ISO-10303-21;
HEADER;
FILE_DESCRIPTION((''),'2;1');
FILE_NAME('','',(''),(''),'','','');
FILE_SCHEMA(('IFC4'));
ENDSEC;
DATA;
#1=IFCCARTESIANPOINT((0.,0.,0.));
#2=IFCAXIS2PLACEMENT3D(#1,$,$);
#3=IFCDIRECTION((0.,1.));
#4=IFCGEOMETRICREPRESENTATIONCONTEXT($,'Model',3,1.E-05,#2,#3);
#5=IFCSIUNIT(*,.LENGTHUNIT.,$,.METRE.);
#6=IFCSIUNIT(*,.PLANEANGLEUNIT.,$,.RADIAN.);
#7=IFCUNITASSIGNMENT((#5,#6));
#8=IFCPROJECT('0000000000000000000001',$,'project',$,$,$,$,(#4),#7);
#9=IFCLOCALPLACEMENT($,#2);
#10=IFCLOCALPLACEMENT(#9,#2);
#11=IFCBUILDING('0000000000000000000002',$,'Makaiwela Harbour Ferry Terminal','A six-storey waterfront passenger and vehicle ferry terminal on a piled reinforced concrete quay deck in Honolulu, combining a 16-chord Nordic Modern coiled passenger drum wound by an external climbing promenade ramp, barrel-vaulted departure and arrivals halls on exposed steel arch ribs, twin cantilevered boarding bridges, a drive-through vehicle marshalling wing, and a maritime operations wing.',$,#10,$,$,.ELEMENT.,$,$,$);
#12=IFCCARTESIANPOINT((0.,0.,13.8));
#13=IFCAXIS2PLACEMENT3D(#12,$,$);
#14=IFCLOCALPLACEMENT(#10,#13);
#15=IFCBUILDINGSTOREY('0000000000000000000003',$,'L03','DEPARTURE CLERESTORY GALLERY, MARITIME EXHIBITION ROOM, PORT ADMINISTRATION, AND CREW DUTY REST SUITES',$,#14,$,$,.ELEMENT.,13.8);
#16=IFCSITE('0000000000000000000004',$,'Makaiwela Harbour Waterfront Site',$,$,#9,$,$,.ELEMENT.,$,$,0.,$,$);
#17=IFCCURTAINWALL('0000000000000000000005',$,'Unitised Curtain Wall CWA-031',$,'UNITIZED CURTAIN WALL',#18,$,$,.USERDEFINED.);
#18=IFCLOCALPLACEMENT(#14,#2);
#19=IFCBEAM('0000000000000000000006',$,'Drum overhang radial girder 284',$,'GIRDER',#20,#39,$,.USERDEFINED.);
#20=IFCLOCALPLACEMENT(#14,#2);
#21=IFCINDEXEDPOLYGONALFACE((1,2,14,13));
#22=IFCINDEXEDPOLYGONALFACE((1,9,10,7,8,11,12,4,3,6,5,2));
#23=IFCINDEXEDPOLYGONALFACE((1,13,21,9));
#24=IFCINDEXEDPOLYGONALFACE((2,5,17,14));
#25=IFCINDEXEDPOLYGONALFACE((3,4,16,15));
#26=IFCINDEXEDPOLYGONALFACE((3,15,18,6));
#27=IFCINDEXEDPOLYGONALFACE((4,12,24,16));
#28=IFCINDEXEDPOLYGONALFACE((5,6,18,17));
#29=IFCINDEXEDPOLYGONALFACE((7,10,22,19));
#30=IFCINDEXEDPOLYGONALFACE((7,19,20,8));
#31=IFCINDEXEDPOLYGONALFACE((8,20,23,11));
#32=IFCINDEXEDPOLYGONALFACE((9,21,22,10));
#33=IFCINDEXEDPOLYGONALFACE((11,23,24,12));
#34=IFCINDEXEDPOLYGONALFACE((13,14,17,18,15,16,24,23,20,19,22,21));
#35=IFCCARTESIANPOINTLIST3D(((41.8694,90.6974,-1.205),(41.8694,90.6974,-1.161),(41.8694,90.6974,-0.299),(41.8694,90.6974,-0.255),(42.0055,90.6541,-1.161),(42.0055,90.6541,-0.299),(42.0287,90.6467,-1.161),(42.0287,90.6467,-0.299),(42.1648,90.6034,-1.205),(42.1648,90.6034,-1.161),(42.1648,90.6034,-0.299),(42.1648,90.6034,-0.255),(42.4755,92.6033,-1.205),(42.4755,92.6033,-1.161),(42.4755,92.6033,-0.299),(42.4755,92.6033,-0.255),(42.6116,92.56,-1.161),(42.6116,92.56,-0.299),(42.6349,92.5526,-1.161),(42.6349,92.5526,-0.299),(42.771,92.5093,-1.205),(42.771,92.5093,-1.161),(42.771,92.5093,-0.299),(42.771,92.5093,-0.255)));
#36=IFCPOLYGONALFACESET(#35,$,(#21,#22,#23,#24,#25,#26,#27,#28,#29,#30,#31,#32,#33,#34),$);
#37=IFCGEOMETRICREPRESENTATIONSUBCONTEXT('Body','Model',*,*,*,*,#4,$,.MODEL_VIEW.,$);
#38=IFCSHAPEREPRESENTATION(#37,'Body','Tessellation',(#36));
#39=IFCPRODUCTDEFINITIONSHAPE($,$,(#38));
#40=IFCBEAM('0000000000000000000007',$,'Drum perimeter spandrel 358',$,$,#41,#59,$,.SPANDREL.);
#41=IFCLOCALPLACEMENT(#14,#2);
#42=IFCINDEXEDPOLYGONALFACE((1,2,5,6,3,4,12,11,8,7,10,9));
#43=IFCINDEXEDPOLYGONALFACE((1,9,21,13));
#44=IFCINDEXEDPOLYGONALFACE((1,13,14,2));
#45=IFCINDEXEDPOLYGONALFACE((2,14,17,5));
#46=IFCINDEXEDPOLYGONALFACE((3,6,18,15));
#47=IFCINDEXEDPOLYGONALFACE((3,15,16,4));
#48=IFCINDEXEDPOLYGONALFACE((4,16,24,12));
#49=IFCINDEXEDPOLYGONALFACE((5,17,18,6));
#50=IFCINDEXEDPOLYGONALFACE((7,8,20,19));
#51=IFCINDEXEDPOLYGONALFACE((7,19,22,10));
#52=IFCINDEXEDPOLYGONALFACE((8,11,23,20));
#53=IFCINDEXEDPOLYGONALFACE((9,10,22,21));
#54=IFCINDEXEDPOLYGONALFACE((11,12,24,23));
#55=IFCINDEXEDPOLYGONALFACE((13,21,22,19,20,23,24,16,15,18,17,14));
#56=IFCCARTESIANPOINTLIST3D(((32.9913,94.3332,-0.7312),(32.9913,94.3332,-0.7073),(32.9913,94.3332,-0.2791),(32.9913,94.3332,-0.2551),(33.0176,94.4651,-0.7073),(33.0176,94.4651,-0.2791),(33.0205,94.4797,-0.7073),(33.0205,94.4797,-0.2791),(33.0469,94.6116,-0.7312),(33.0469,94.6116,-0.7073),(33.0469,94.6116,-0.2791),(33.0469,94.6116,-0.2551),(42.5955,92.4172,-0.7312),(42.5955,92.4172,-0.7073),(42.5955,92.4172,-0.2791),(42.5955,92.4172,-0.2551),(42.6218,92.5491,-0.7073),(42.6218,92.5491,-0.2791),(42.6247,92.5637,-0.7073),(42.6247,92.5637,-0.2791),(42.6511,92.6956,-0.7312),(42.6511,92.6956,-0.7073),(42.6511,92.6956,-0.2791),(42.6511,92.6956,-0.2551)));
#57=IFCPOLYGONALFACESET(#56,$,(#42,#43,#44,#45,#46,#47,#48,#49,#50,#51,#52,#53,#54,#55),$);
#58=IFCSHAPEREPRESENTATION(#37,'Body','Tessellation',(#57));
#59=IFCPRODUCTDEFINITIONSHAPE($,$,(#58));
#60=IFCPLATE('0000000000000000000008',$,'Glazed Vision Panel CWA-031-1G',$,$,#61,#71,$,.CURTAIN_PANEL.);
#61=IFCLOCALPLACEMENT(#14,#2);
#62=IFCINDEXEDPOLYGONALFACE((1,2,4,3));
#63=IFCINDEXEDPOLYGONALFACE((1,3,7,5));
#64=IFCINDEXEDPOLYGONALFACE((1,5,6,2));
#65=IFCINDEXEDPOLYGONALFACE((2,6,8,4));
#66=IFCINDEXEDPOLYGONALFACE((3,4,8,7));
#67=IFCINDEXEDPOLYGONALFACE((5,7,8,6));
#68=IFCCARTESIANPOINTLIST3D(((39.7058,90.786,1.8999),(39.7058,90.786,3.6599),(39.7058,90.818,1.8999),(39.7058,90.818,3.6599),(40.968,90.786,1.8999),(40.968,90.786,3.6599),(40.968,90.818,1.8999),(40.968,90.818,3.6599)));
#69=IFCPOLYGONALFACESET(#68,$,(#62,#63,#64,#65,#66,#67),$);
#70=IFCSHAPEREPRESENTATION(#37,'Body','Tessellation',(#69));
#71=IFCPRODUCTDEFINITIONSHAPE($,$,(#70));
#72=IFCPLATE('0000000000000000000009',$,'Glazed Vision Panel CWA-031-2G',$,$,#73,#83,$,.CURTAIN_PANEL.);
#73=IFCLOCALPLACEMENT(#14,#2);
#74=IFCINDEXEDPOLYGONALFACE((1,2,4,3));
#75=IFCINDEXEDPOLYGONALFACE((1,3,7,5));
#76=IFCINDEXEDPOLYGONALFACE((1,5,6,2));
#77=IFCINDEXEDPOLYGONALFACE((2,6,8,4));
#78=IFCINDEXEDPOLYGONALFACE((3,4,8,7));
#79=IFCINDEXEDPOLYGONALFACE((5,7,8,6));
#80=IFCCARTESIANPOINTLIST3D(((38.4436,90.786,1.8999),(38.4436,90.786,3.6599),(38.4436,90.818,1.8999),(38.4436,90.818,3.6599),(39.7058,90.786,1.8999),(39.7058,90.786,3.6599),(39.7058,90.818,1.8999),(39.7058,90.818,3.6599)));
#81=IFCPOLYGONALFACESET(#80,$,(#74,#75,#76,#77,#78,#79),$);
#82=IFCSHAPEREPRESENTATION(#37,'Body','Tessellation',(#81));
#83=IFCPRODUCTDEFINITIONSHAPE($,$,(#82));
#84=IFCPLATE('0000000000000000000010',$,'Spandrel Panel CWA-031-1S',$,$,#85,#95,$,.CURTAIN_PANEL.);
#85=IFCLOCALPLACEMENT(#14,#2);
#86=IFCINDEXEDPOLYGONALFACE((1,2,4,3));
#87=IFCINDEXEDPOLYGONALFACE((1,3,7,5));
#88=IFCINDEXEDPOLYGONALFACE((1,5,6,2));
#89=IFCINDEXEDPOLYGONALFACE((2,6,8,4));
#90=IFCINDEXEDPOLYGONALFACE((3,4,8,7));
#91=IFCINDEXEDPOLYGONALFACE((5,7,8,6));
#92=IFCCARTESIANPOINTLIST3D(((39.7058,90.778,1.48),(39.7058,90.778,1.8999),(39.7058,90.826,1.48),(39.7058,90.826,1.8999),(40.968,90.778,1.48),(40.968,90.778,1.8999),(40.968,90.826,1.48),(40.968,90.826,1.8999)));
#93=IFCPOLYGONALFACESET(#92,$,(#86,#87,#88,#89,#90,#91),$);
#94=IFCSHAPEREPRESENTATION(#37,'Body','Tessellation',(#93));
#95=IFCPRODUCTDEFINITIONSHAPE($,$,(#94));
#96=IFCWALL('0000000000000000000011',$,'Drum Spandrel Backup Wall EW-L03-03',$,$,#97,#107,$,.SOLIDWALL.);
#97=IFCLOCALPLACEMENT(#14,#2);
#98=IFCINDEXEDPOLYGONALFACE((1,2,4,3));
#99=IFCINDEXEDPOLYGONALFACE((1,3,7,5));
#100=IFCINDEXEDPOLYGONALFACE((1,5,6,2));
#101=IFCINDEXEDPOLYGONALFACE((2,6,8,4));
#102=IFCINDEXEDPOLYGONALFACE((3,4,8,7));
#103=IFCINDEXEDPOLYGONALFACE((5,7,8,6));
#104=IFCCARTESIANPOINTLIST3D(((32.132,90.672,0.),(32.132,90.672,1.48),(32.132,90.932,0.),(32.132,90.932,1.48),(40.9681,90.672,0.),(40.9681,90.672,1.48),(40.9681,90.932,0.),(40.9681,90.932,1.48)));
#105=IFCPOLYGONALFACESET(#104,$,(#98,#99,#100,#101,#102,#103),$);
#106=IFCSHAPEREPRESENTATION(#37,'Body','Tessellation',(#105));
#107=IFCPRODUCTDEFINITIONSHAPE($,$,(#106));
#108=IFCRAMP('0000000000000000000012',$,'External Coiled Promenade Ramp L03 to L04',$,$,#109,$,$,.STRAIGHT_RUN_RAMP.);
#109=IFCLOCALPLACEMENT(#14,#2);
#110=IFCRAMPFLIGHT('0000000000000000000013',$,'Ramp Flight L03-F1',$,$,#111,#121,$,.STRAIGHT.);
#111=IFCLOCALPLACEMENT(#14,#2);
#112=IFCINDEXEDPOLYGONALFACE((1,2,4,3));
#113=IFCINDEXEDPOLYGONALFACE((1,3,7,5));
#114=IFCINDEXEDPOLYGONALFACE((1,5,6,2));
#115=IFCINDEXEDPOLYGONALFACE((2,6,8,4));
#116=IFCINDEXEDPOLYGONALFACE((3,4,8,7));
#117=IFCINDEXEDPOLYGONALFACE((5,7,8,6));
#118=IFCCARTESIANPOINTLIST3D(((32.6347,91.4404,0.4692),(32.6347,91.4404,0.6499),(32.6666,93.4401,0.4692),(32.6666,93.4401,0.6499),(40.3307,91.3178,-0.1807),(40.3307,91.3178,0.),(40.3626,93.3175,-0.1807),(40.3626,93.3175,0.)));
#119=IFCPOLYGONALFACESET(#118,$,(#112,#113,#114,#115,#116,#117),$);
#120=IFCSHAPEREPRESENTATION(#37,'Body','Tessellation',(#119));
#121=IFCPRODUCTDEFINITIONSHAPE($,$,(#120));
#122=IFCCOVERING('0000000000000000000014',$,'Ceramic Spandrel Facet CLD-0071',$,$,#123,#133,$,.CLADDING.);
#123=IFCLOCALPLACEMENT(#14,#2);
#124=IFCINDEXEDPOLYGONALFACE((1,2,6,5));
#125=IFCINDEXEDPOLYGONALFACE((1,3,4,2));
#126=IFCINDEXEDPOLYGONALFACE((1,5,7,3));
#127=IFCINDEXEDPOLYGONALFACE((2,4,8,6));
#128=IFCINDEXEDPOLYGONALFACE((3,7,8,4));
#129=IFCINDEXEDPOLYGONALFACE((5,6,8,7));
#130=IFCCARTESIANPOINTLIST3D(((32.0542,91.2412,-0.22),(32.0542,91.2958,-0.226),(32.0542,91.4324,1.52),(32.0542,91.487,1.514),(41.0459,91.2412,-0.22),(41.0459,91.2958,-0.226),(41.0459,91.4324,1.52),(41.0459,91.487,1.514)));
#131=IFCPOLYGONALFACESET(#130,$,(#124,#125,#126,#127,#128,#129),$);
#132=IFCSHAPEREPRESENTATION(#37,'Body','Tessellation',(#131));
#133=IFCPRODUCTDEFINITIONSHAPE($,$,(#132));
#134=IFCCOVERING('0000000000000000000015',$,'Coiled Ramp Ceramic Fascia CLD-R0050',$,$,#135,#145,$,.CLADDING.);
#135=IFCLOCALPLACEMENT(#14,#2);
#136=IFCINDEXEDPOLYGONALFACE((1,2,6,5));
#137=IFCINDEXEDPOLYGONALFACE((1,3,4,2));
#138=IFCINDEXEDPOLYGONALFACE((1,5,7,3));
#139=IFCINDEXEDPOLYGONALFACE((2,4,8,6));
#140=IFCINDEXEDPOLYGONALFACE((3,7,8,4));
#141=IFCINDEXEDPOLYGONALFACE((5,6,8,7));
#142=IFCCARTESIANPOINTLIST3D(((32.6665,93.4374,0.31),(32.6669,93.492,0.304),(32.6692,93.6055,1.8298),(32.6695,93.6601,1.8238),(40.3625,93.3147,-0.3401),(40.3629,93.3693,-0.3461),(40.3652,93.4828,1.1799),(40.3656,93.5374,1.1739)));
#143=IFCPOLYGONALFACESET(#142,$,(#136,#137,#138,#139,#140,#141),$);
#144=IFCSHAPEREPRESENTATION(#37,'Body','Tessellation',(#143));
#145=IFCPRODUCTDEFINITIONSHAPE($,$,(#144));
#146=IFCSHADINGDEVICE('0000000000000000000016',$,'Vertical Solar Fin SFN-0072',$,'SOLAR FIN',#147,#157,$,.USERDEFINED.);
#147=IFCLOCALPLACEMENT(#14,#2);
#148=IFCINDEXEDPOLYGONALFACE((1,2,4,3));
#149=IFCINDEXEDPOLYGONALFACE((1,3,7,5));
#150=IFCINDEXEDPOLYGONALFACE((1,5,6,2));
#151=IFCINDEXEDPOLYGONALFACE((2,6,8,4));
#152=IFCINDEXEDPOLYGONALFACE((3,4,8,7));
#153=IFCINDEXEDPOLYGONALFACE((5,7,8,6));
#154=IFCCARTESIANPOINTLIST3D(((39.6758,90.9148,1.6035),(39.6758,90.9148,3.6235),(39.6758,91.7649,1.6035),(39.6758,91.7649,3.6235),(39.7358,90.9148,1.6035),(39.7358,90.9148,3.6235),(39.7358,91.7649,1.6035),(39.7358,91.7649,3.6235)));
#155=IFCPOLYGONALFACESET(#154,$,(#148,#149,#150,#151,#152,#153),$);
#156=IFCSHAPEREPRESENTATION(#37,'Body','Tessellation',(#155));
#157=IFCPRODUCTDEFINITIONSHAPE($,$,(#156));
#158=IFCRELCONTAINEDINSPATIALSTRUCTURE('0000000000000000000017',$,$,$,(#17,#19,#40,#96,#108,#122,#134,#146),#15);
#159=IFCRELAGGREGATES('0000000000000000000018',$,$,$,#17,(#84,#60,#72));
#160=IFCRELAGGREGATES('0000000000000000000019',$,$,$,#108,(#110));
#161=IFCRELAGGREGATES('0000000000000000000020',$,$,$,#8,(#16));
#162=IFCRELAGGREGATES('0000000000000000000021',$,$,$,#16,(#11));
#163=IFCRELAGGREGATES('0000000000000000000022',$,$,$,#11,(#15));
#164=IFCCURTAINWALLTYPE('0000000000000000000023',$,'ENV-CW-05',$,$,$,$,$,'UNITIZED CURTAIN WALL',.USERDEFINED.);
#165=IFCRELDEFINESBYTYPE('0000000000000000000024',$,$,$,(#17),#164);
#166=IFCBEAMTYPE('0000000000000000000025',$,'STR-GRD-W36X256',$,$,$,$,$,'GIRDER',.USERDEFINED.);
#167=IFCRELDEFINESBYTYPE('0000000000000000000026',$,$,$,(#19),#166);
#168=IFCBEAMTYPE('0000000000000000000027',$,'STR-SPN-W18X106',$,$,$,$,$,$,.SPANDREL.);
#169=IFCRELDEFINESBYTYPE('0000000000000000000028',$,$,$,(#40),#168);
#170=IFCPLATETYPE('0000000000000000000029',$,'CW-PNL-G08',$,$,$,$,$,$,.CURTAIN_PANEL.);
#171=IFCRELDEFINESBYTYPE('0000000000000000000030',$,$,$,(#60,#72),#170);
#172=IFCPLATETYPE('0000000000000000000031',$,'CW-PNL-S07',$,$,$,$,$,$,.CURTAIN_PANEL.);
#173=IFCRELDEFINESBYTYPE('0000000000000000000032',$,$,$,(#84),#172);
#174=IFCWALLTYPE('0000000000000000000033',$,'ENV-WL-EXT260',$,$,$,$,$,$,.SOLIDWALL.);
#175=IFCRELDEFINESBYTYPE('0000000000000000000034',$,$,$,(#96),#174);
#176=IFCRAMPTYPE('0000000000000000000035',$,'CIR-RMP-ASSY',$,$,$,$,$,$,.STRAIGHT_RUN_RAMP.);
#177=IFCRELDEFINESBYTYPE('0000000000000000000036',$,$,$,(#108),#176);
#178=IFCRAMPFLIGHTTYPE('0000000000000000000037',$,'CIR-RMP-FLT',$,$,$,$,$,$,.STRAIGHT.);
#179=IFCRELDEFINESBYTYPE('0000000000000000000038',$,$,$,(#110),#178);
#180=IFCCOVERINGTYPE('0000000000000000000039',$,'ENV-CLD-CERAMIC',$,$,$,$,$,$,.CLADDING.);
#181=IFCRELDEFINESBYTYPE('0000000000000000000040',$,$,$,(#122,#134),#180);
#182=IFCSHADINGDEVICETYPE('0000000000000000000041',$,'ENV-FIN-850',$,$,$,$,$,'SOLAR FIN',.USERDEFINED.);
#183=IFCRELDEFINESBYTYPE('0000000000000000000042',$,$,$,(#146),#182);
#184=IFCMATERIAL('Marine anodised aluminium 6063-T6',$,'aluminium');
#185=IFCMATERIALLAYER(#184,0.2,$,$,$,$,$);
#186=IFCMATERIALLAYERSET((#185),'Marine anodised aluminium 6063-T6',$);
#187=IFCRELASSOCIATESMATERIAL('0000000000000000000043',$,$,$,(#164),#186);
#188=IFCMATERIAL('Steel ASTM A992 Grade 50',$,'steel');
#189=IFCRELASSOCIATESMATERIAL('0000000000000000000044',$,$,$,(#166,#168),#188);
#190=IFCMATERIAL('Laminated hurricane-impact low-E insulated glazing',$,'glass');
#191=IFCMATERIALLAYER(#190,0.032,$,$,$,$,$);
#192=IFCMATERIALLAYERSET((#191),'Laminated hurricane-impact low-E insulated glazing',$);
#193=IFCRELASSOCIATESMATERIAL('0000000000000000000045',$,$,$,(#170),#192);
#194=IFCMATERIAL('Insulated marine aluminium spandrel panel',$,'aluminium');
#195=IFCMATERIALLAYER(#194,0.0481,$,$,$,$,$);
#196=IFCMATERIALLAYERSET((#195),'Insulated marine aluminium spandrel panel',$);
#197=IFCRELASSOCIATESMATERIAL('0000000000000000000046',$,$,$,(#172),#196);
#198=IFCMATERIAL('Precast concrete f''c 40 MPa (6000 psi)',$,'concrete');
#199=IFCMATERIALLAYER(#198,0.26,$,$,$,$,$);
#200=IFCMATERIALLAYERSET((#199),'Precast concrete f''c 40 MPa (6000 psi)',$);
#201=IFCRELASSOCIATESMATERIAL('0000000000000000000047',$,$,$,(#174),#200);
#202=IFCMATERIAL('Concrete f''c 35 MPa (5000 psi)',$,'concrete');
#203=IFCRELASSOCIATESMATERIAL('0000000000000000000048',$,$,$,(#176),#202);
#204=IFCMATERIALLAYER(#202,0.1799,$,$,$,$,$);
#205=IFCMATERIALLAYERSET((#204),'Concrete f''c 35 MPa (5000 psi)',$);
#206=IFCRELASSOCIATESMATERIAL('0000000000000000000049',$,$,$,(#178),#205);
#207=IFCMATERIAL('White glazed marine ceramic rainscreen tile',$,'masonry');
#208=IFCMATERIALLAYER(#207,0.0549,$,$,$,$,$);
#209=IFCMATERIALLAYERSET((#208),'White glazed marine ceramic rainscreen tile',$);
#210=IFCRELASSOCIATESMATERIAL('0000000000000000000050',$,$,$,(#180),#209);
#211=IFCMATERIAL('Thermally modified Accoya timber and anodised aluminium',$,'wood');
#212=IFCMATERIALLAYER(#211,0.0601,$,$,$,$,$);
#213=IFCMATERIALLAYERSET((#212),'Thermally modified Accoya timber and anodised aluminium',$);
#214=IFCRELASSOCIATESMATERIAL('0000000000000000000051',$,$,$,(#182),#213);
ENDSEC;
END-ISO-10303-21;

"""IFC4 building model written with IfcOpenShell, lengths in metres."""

from ifc_helpers import new_model, si_unit, direction, frame, frame_2d, origin, origin_2d, place, context, subcontext, project, spatial, polyline, rectangle, i_section, outline, extrude, material, layer, layer_set, material_profile, profile_set, type_object, element, aggregate, save


model = new_model("IFC4")

# Units and contexts
model_context = context("Model", 3, precision=1e-05, world=origin(), true_north=direction((0.0, 1.0)))
body_context = subcontext(model_context, "Body", "Model", "MODEL_VIEW")
ifc_project = project(units=[si_unit("LENGTHUNIT", "METRE"), si_unit("PLANEANGLEUNIT", "RADIAN")], contexts=[model_context])

# Site, building, storey
site_placement = place(None, origin())
site = spatial("IfcSite", under=ifc_project, at=site_placement, Name="Makaiwela Harbour Waterfront Site", CompositionType="ELEMENT", RefElevation=0.0)
building_placement = place(site_placement, origin())
building = spatial("IfcBuilding", under=site, at=building_placement, Name="Makaiwela Harbour Ferry Terminal", Description="A six-storey waterfront passenger and vehicle ferry terminal on a piled reinforced concrete quay deck in Honolulu, combining a 16-chord Nordic Modern coiled passenger drum wound by an external climbing promenade ramp, barrel-vaulted departure and arrivals halls on exposed steel arch ribs, twin cantilevered boarding bridges, a drive-through vehicle marshalling wing, and a maritime operations wing.", CompositionType="ELEMENT")
storey_placement = place(building_placement, frame((0.0, 0.0, 13.8)))
storey = spatial("IfcBuildingStorey", under=building, at=storey_placement, Name="L03", Description="DEPARTURE CLERESTORY GALLERY, MARITIME EXHIBITION ROOM, PORT ADMINISTRATION, AND CREW DUTY REST SUITES", CompositionType="ELEMENT", Elevation=13.8)

# Curtain wall
ifc_material_1 = material(Name="Marine anodised aluminium 6063-T6", Category="aluminium")
ifc_layer_1 = layer(ifc_material_1, 0.2)
ifc_layer_set_1 = layer_set([ifc_layer_1], Name="Marine anodised aluminium 6063-T6")
curtain_wall_type = type_object("IfcCurtainWallType", Name="ENV-CW-05", ElementType="UNITIZED CURTAIN WALL", PredefinedType="USERDEFINED", material=ifc_layer_set_1)
curtain_wall_placement = place(storey_placement, origin())
curtain_wall = element("IfcCurtainWall", 1, at=curtain_wall_placement, inside=storey, type_object=curtain_wall_type, Name="Unitised Curtain Wall CWA-031", ObjectType="UNITIZED CURTAIN WALL", PredefinedType="USERDEFINED")

# Beams
ifc_material_2 = material(Name="Steel ASTM A992 Grade 50", Category="steel")
ifc_material_profile_1 = material_profile(ifc_material_2, i_section(OverallWidth=0.3101, OverallDepth=0.95, WebThickness=0.0244, FlangeThickness=0.0439, at=origin_2d()), Name="W36X256")
ifc_profile_set_1 = profile_set([ifc_material_profile_1], Name="Steel ASTM A992 Grade 50")
beam_type_1 = type_object("IfcBeamType", Name="STR-GRD-W36X256", ElementType="GIRDER", PredefinedType="USERDEFINED", material=ifc_profile_set_1)
beam_1_placement = place(storey_placement, frame((42.0171, 90.6504, -0.73), z_axis=(0.303088, 0.952963, 0.0), x_axis=(-0.952963, 0.303088, 0.0)))
element("IfcBeam", 2, at=beam_1_placement, inside=storey, type_object=beam_type_1, Name="Drum overhang radial girder 284", ObjectType="GIRDER", PredefinedType="USERDEFINED", context=body_context, shape_type="SweptSolid", body=[
    extrude(i_section(OverallWidth=0.3101, OverallDepth=0.95, WebThickness=0.0244, FlangeThickness=0.0439, at=origin_2d()), origin(), (0.0, 0.0, 1.0), 2.0),
])
ifc_material_profile_2 = material_profile(ifc_material_2, i_section(OverallWidth=0.2839, OverallDepth=0.4761, WebThickness=0.0149, FlangeThickness=0.0239, at=origin_2d()), Name="W18X106")
ifc_profile_set_2 = profile_set([ifc_material_profile_2], Name="Steel ASTM A992 Grade 50")
beam_type_2 = type_object("IfcBeamType", Name="STR-SPN-W18X106", PredefinedType="SPANDREL", material=ifc_profile_set_2)
beam_2_placement = place(storey_placement, frame((42.6233, 92.5564, -0.4932), z_axis=(-0.980675, 0.195642, 0.0), x_axis=(-0.195642, -0.980675, 0.0)))
element("IfcBeam", 3, at=beam_2_placement, inside=storey, type_object=beam_type_2, Name="Drum perimeter spandrel 358", PredefinedType="SPANDREL", context=body_context, shape_type="SweptSolid", body=[
    extrude(i_section(OverallWidth=0.2839, OverallDepth=0.4761, WebThickness=0.0149, FlangeThickness=0.0239, at=origin_2d()), origin(), (0.0, 0.0, 1.0), 9.7935),
])

# Plates
ifc_material_3 = material(Name="Laminated hurricane-impact low-E insulated glazing", Category="glass")
ifc_layer_2 = layer(ifc_material_3, 0.032)
ifc_layer_set_2 = layer_set([ifc_layer_2], Name="Laminated hurricane-impact low-E insulated glazing")
plate_type_1 = type_object("IfcPlateType", Name="CW-PNL-G08", PredefinedType="CURTAIN_PANEL", material=ifc_layer_set_2)
plate_1_placement = place(storey_placement, frame((40.3369, 90.802, 1.8999), z_axis=(0.0, 0.0, 1.0), x_axis=(-1.0, 0.0, 0.0)))
plate_1 = element("IfcPlate", 4, at=plate_1_placement, type_object=plate_type_1, Name="Glazed Vision Panel CWA-031-1G", PredefinedType="CURTAIN_PANEL", context=body_context, shape_type="SweptSolid", body=[
    extrude(rectangle(XDim=1.2622, YDim=0.032, at=origin_2d()), origin(), (0.0, 0.0, 1.0), 1.76),
])
plate_2_placement = place(storey_placement, frame((39.0747, 90.802, 1.8999), z_axis=(0.0, 0.0, 1.0), x_axis=(-1.0, 0.0, 0.0)))
plate_2 = element("IfcPlate", 5, at=plate_2_placement, type_object=plate_type_1, Name="Glazed Vision Panel CWA-031-2G", PredefinedType="CURTAIN_PANEL", context=body_context, shape_type="SweptSolid", body=[
    extrude(rectangle(XDim=1.2622, YDim=0.032, at=origin_2d()), origin(), (0.0, 0.0, 1.0), 1.76),
])
ifc_material_4 = material(Name="Insulated marine aluminium spandrel panel", Category="aluminium")
ifc_layer_3 = layer(ifc_material_4, 0.0481)
ifc_layer_set_3 = layer_set([ifc_layer_3], Name="Insulated marine aluminium spandrel panel")
plate_type_2 = type_object("IfcPlateType", Name="CW-PNL-S07", PredefinedType="CURTAIN_PANEL", material=ifc_layer_set_3)
plate_3_placement = place(storey_placement, frame((40.3369, 90.802, 1.48), z_axis=(0.0, 0.0, 1.0), x_axis=(-1.0, 0.0, 0.0)))
plate_3 = element("IfcPlate", 6, at=plate_3_placement, type_object=plate_type_2, Name="Spandrel Panel CWA-031-1S", PredefinedType="CURTAIN_PANEL", context=body_context, shape_type="SweptSolid", body=[
    extrude(rectangle(XDim=1.2622, YDim=0.0481, at=origin_2d()), origin(), (0.0, 0.0, 1.0), 0.4199),
])
aggregate(curtain_wall, [plate_3, plate_1, plate_2])

# Wall
ifc_material_5 = material(Name="Precast concrete f'c 40 MPa (6000 psi)", Category="concrete")
ifc_layer_4 = layer(ifc_material_5, 0.26)
ifc_layer_set_4 = layer_set([ifc_layer_4], Name="Precast concrete f'c 40 MPa (6000 psi)")
wall_type = type_object("IfcWallType", Name="ENV-WL-EXT260", PredefinedType="SOLIDWALL", material=ifc_layer_set_4)
wall_placement = place(storey_placement, frame((40.968, 90.802, 0.0), z_axis=(0.0, 0.0, 1.0), x_axis=(-1.0, 0.0, 0.0)))
element("IfcWall", 7, at=wall_placement, inside=storey, type_object=wall_type, Name="Drum Spandrel Backup Wall EW-L03-03", PredefinedType="SOLIDWALL", context=body_context, shape_type="SweptSolid", body=[
    extrude(rectangle(XDim=8.8362, YDim=0.26, at=frame_2d((4.418, 0.0))), origin(), (0.0, 0.0, 1.0), 1.48),
])

# Ramp, ramp flight
ifc_material_6 = material(Name="Concrete f'c 35 MPa (5000 psi)", Category="concrete")
ramp_type = type_object("IfcRampType", Name="CIR-RMP-ASSY", PredefinedType="STRAIGHT_RUN_RAMP", material=ifc_material_6)
ramp_placement = place(storey_placement, origin())
ramp = element("IfcRamp", 8, at=ramp_placement, inside=storey, type_object=ramp_type, Name="External Coiled Promenade Ramp L03 to L04", PredefinedType="STRAIGHT_RUN_RAMP")
ifc_layer_5 = layer(ifc_material_6, 0.1799)
ifc_layer_set_5 = layer_set([ifc_layer_5], Name="Concrete f'c 35 MPa (5000 psi)")
ramp_flight_type = type_object("IfcRampFlightType", Name="CIR-RMP-FLT", PredefinedType="STRAIGHT", material=ifc_layer_set_5)
ramp_flight_placement = place(storey_placement, frame((40.3467, 92.3176, 0.0), z_axis=(0.0, 0.0, 1.0), x_axis=(-0.999873, 0.015934, 0.0)))
ramp_flight = element("IfcRampFlight", 9, at=ramp_flight_placement, type_object=ramp_flight_type, Name="Ramp Flight L03-F1", PredefinedType="STRAIGHT", context=body_context, shape_type="SweptSolid", body=[
    extrude(outline(polyline([(0.0, 0.0), (7.697, 0.6499), (7.697, 0.4692), (0.0, -0.1807), (0.0, 0.0)])), frame((0.0, 1.0, 0.0), z_axis=(0.0, -1.0, 0.0), x_axis=(1.0, 0.0, 0.0)), (0.0, 0.0, 1.0), 2.0),
])
aggregate(ramp, [ramp_flight])

# Coverings
ifc_material_7 = material(Name="White glazed marine ceramic rainscreen tile", Category="masonry")
ifc_layer_6 = layer(ifc_material_7, 0.0549)
ifc_layer_set_6 = layer_set([ifc_layer_6], Name="White glazed marine ceramic rainscreen tile")
covering_type = type_object("IfcCoveringType", Name="ENV-CLD-CERAMIC", PredefinedType="CLADDING", material=ifc_layer_set_6)
covering_1_placement = place(storey_placement, frame((41.0459, 91.2412, -0.22), z_axis=(0.0, -0.994019, 0.109207), x_axis=(-1.0, 0.0, 0.0)))
element("IfcCovering", 10, at=covering_1_placement, inside=storey, type_object=covering_type, Name="Ceramic Spandrel Facet CLD-0071", PredefinedType="CLADDING", context=body_context, shape_type="SweptSolid", body=[
    extrude(outline(polyline([(0.0, 0.0), (8.9917, 0.0), (8.9917, -1.7505), (0.0, -1.7505), (0.0, 0.0)])), origin(), (0.0, 0.0, -1.0), 0.0549),
])
covering_2_placement = place(storey_placement, frame((40.3625, 93.3147, -0.3401), z_axis=(-0.006559, -0.993917, 0.109932), x_axis=(-0.996325, 0.015884, 0.084166)))
element("IfcCovering", 11, at=covering_2_placement, inside=storey, type_object=covering_type, Name="Coiled Ramp Ceramic Fascia CLD-R0050", PredefinedType="CLADDING", context=body_context, shape_type="SweptSolid", body=[
    extrude(outline(polyline([(0.0, 0.0), (7.7244, 0.0), (7.8523, -1.5237), (0.1279, -1.5239), (0.0, 0.0)])), origin(), (0.0, 0.0, -1.0), 0.0549),
])

# Shading device
ifc_material_8 = material(Name="Thermally modified Accoya timber and anodised aluminium", Category="wood")
ifc_layer_7 = layer(ifc_material_8, 0.0601)
ifc_layer_set_7 = layer_set([ifc_layer_7], Name="Thermally modified Accoya timber and anodised aluminium")
shading_device_type = type_object("IfcShadingDeviceType", Name="ENV-FIN-850", ElementType="SOLAR FIN", PredefinedType="USERDEFINED", material=ifc_layer_set_7)
shading_device_placement = place(storey_placement, frame((39.7058, 91.3398, 1.6035), z_axis=(0.0, 0.0, 1.0), x_axis=(0.0, 1.0, 0.0)))
element("IfcShadingDevice", 12, at=shading_device_placement, inside=storey, type_object=shading_device_type, Name="Vertical Solar Fin SFN-0072", ObjectType="SOLAR FIN", PredefinedType="USERDEFINED", context=body_context, shape_type="SweptSolid", body=[
    extrude(rectangle(XDim=0.8501, YDim=0.0601, at=origin_2d()), origin(), (0.0, 0.0, 1.0), 2.02),
])

save(model, "model.ifc")
